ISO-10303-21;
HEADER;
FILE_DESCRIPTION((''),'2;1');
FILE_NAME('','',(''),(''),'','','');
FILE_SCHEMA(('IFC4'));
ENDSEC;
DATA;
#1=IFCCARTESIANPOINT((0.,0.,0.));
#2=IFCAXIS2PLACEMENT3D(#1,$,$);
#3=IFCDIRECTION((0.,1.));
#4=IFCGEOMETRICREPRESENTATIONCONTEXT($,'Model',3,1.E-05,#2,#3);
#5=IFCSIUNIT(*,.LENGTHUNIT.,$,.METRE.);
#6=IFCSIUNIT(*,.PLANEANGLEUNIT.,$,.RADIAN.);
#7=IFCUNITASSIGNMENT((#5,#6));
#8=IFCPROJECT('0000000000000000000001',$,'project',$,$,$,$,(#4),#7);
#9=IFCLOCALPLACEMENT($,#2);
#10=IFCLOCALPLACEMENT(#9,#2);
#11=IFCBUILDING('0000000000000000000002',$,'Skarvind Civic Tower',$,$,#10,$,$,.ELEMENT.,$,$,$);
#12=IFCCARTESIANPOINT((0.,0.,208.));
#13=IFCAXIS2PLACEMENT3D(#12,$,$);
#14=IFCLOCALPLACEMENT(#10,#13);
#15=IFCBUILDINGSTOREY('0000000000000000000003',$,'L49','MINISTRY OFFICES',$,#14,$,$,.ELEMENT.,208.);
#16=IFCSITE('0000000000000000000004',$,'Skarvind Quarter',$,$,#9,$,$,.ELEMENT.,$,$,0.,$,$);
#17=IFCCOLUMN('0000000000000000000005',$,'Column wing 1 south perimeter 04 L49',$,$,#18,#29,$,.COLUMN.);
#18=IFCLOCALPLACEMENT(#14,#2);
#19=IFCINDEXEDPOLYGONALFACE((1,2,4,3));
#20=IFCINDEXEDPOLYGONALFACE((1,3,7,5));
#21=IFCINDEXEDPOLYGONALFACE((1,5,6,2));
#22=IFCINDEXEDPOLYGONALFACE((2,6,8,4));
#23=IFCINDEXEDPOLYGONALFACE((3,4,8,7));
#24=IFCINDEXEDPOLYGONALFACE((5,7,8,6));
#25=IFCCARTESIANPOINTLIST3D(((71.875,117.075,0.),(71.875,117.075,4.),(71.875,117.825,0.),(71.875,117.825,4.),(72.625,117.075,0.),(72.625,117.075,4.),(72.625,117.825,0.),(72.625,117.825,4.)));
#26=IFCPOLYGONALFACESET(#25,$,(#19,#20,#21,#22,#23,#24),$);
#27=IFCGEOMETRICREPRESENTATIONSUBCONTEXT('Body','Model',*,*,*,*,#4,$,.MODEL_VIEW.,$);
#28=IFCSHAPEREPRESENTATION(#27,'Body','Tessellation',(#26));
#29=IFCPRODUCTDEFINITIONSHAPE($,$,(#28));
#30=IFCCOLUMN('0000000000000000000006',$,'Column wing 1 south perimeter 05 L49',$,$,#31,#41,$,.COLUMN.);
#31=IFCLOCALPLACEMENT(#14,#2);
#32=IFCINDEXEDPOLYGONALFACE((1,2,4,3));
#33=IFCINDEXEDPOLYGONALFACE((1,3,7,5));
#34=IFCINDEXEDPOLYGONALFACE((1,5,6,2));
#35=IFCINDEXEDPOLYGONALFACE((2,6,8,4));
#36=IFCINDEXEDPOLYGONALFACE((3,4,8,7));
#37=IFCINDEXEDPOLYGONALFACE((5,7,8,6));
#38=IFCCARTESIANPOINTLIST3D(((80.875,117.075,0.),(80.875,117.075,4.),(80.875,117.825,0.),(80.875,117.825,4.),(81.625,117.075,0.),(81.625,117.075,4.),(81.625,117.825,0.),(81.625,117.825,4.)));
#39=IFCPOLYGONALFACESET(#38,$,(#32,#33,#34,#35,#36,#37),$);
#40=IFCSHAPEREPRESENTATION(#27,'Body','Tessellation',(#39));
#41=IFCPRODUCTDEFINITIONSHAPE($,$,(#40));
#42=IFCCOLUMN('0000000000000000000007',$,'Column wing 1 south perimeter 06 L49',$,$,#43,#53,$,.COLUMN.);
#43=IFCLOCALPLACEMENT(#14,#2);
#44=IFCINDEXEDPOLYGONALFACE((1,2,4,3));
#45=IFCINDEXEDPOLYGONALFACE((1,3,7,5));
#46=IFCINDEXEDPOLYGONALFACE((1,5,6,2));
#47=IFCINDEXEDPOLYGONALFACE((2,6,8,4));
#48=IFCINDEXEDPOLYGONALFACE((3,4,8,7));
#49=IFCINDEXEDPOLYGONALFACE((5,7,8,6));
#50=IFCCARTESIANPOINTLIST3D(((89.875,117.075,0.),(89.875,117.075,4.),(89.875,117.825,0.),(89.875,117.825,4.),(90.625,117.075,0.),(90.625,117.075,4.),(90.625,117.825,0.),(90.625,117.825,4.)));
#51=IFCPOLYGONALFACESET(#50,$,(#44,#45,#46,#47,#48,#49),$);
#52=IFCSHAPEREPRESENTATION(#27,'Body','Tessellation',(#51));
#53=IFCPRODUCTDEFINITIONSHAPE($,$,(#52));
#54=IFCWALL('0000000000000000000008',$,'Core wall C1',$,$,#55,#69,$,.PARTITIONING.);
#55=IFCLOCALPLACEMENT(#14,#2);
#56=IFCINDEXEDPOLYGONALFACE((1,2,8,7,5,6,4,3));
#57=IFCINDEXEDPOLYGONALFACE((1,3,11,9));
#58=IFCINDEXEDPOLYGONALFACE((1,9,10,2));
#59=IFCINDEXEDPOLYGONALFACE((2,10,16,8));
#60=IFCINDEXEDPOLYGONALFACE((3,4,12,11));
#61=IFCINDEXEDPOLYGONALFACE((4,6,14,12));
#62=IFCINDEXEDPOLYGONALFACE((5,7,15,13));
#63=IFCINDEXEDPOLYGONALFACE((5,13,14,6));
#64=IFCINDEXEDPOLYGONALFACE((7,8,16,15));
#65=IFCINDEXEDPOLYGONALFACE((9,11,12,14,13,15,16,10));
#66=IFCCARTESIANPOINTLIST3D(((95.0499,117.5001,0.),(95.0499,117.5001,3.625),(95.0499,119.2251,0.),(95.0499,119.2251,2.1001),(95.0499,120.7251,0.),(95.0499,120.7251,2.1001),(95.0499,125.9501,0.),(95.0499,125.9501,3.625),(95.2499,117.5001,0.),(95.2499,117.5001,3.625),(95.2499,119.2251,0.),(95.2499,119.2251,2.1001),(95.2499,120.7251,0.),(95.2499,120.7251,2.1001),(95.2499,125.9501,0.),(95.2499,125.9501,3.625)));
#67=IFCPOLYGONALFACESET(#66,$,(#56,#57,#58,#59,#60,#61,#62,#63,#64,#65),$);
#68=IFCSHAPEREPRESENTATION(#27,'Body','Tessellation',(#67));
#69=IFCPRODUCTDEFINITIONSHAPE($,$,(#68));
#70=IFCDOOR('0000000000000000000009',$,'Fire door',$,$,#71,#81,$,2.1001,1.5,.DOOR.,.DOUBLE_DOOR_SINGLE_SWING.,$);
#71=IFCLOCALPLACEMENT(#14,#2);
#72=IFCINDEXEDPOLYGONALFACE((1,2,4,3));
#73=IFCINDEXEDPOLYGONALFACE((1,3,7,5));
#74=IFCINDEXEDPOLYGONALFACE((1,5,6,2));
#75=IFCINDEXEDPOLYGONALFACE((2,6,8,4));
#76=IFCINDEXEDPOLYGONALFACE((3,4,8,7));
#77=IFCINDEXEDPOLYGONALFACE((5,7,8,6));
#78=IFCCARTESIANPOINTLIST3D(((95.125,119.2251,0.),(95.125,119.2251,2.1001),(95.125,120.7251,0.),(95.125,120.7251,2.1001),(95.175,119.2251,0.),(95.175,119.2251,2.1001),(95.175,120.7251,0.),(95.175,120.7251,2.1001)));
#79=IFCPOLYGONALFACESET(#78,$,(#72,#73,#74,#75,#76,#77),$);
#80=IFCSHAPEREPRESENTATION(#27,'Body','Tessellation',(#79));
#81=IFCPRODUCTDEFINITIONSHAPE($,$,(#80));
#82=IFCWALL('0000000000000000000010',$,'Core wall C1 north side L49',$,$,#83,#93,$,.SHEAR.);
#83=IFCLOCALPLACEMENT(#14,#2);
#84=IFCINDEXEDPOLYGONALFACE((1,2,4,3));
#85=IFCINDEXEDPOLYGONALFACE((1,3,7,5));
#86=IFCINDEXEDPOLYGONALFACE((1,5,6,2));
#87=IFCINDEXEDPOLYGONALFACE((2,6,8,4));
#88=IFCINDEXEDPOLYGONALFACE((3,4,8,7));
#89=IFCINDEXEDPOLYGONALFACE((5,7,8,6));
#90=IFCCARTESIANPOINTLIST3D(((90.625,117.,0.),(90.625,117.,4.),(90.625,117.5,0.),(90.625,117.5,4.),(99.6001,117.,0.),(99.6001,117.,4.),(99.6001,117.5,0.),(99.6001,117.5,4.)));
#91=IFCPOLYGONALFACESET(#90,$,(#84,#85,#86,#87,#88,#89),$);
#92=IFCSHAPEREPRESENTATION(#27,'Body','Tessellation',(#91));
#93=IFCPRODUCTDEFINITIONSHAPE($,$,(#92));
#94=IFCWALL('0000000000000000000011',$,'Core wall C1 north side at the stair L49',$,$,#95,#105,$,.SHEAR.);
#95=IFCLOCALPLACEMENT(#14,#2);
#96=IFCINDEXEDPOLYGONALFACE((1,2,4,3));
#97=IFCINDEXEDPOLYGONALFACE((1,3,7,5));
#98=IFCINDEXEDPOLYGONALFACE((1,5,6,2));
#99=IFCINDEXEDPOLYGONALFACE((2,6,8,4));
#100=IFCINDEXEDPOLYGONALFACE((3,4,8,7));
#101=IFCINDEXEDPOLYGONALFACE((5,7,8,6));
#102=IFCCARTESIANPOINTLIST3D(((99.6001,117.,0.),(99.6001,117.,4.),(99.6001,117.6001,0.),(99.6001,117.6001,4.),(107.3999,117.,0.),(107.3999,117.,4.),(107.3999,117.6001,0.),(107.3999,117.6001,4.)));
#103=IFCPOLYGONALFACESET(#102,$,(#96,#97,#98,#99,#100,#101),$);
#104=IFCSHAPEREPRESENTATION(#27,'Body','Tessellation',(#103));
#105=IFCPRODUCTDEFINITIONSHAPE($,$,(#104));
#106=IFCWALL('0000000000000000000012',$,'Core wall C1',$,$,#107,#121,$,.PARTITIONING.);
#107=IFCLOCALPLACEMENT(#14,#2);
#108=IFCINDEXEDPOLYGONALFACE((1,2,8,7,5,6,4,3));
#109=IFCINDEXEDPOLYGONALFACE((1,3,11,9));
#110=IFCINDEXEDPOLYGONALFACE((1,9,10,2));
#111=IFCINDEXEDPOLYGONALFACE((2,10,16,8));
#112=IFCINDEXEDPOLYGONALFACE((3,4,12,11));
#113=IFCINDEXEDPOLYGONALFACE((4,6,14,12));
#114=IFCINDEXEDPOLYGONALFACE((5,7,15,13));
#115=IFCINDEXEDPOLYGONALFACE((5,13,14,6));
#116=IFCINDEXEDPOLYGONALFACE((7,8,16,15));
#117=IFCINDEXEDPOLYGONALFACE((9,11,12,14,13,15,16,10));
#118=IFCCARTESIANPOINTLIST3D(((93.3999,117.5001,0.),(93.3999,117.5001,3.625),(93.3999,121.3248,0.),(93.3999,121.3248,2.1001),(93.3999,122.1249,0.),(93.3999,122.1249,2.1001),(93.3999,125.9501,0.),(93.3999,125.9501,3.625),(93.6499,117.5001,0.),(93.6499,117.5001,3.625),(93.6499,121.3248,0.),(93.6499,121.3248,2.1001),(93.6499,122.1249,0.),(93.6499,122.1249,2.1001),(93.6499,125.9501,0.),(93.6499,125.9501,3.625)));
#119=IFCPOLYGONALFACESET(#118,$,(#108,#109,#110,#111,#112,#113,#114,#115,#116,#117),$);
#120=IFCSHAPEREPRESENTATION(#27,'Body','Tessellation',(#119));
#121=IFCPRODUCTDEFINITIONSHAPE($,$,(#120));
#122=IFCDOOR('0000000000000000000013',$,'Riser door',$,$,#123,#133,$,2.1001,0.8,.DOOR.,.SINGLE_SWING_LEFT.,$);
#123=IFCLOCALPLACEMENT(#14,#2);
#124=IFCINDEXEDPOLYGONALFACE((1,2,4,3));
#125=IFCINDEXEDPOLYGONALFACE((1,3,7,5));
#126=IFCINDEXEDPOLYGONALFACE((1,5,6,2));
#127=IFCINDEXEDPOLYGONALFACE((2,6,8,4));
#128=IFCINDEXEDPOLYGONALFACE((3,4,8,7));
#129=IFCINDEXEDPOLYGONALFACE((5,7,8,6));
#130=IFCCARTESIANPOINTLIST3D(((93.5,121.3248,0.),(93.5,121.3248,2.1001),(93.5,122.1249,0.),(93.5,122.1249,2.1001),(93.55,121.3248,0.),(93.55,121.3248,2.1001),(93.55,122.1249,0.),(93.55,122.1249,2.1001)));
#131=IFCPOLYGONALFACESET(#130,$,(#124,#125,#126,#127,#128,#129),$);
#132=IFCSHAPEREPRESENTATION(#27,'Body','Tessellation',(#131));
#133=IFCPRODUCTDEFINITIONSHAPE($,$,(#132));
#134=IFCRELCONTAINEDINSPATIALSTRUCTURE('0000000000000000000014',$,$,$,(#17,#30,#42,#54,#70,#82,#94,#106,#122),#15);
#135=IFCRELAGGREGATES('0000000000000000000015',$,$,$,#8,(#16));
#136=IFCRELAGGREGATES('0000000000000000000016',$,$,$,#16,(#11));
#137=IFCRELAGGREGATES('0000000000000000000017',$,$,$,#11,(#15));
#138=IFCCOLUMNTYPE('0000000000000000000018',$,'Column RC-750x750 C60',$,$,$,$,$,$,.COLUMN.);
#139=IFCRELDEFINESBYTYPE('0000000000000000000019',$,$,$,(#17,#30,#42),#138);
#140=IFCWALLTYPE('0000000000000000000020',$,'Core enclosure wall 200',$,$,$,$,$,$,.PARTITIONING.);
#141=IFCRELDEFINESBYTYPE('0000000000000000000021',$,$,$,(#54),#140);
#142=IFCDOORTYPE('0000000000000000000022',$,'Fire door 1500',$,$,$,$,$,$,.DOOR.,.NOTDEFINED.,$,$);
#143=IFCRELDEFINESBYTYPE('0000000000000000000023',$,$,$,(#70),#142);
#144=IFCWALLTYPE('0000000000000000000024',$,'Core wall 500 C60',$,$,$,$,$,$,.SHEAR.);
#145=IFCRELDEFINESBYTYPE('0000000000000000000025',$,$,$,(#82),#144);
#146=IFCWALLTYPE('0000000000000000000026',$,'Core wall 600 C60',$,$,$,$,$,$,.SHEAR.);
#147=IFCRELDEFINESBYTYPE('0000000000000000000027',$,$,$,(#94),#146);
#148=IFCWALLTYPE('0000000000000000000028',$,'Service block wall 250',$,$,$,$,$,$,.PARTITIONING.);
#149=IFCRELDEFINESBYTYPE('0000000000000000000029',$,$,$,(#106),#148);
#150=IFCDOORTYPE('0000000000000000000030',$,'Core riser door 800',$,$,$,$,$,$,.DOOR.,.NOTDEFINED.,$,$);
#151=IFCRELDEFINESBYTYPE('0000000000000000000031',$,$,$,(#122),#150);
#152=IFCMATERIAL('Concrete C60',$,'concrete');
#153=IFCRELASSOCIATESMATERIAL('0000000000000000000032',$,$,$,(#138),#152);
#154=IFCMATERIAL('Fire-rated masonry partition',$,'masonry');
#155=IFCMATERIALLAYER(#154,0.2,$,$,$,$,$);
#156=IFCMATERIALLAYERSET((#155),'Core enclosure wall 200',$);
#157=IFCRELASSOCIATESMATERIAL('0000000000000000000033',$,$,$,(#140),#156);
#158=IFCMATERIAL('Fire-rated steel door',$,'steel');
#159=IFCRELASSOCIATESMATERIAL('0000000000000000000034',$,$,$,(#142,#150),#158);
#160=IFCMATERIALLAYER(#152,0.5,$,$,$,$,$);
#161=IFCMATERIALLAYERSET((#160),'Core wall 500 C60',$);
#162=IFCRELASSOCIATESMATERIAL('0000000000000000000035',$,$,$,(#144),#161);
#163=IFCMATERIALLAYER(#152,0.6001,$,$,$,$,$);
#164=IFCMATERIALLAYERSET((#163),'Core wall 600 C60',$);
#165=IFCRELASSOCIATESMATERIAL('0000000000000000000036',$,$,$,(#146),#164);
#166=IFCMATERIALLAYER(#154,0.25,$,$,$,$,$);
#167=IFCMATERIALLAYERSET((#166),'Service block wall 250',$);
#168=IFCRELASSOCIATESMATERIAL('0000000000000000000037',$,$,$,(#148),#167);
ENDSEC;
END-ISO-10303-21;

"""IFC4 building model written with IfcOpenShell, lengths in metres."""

from ifc_helpers import new_model, si_unit, direction, frame, frame_2d, origin, origin_2d, place, context, subcontext, project, spatial, rectangle, extrude, material, layer, layer_set, material_profile, profile_set, type_object, element, fill, save


model = new_model("IFC4")

# Units and contexts
model_context = context("Model", 3, precision=1e-05, world=origin(), true_north=direction((0.0, 1.0)))
body_context = subcontext(model_context, "Body", "Model", "MODEL_VIEW")
ifc_project = project(units=[si_unit("LENGTHUNIT", "METRE"), si_unit("PLANEANGLEUNIT", "RADIAN")], contexts=[model_context])

# Site, building, storey
site_placement = place(None, origin())
site = spatial("IfcSite", under=ifc_project, at=site_placement, Name="Skarvind Quarter", CompositionType="ELEMENT", RefElevation=0.0)
building_placement = place(site_placement, origin())
building = spatial("IfcBuilding", under=site, at=building_placement, Name="Skarvind Civic Tower", CompositionType="ELEMENT")
storey_placement = place(building_placement, frame((0.0, 0.0, 208.0)))
storey = spatial("IfcBuildingStorey", under=building, at=storey_placement, Name="L49", Description="MINISTRY OFFICES", CompositionType="ELEMENT", Elevation=208.0)

# Columns
ifc_material_1 = material(Name="Concrete C60", Category="concrete")
ifc_material_profile_1 = material_profile(ifc_material_1, rectangle(XDim=0.75, YDim=0.75, at=origin_2d()), Name="RC-750x750")
ifc_profile_set_1 = profile_set([ifc_material_profile_1], Name="Concrete C60")
column_type = type_object("IfcColumnType", Name="Column RC-750x750 C60", PredefinedType="COLUMN", material=ifc_profile_set_1)
for number, where, z_axis, x_axis, name in (
    (1, (72.25, 117.45, 0.0), (0.0, 0.0, 1.0), (1.0, 0.0, 0.0), "Column wing 1 south perimeter 04 L49"),
    (2, (81.25, 117.45, 0.0), (0.0, 0.0, 1.0), (1.0, 0.0, 0.0), "Column wing 1 south perimeter 05 L49"),
    (3, (90.25, 117.45, 0.0), (0.0, 0.0, 1.0), (1.0, 0.0, 0.0), "Column wing 1 south perimeter 06 L49"),
):
    element("IfcColumn", number, at=place(storey_placement, frame(where, z_axis=z_axis, x_axis=x_axis)), inside=storey, type_object=column_type, Name=name, PredefinedType="COLUMN", context=body_context, shape_type="SweptSolid", body=[
        extrude(rectangle(XDim=0.75, YDim=0.75, at=origin_2d()), origin(), (0.0, 0.0, 1.0), 4.0),
    ])

# Wall, opening, door
ifc_material_2 = material(Name="Fire-rated masonry partition", Category="masonry")
ifc_layer_1 = layer(ifc_material_2, 0.2)
ifc_layer_set_1 = layer_set([ifc_layer_1], Name="Core enclosure wall 200")
wall_type_1 = type_object("IfcWallType", Name="Core enclosure wall 200", PredefinedType="PARTITIONING", material=ifc_layer_set_1)
wall_1_placement = place(storey_placement, frame((95.1499, 117.5, 0.0), z_axis=(0.0, 0.0, 1.0), x_axis=(0.0, 1.0, 0.0)))
wall_1 = element("IfcWall", 4, at=wall_1_placement, inside=storey, type_object=wall_type_1, Name="Core wall C1", PredefinedType="PARTITIONING", context=body_context, shape_type="SweptSolid", body=[
    extrude(rectangle(XDim=8.45, YDim=0.2, at=frame_2d((4.2251, 0.0))), origin(), (0.0, 0.0, 1.0), 3.625),
])
opening_1_placement = place(wall_1_placement, frame((1.7251, 0.0, 0.0)))
opening_1 = element("IfcOpeningElement", 5, at=opening_1_placement, cuts=wall_1, PredefinedType="OPENING", context=body_context, shape_type="SweptSolid", body=[
    extrude(rectangle(XDim=1.5, YDim=2.1001, at=frame_2d((0.75, 1.05))), frame((0.0, 0.1099, 0.0), z_axis=(0.0, -1.0, 0.0), x_axis=(1.0, 0.0, 0.0)), (0.0, 0.0, 1.0), 0.22),
])
ifc_material_3 = material(Name="Fire-rated steel door", Category="steel")
door_type_1 = type_object("IfcDoorType", Name="Fire door 1500", OperationType="NOTDEFINED", PredefinedType="DOOR", material=ifc_material_3)
door_1_placement = place(opening_1_placement, origin())
door_1 = element("IfcDoor", 6, at=door_1_placement, inside=storey, type_object=door_type_1, Name="Fire door", OperationType="DOUBLE_DOOR_SINGLE_SWING", OverallHeight=2.1001, OverallWidth=1.5, PredefinedType="DOOR", context=body_context, shape_type="SweptSolid", body=[
    extrude(rectangle(XDim=1.5, YDim=2.1001, at=frame_2d((0.75, 1.05))), frame((0.0, 0.0249, 0.0), z_axis=(0.0, -1.0, 0.0), x_axis=(1.0, 0.0, 0.0)), (0.0, 0.0, 1.0), 0.05),
])
fill(opening_1, door_1)

# Walls
ifc_layer_2 = layer(ifc_material_1, 0.5)
ifc_layer_set_2 = layer_set([ifc_layer_2], Name="Core wall 500 C60")
wall_type_2 = type_object("IfcWallType", Name="Core wall 500 C60", PredefinedType="SHEAR", material=ifc_layer_set_2)
wall_2_placement = place(storey_placement, frame((99.6001, 117.25, 0.0), z_axis=(0.0, 0.0, 1.0), x_axis=(-1.0, 0.0, 0.0)))
element("IfcWall", 7, at=wall_2_placement, inside=storey, type_object=wall_type_2, Name="Core wall C1 north side L49", PredefinedType="SHEAR", context=body_context, shape_type="SweptSolid", body=[
    extrude(rectangle(XDim=8.9751, YDim=0.5, at=frame_2d((4.4875, 0.0))), origin(), (0.0, 0.0, 1.0), 4.0),
])
ifc_layer_3 = layer(ifc_material_1, 0.6001)
ifc_layer_set_3 = layer_set([ifc_layer_3], Name="Core wall 600 C60")
wall_type_3 = type_object("IfcWallType", Name="Core wall 600 C60", PredefinedType="SHEAR", material=ifc_layer_set_3)
wall_3_placement = place(storey_placement, frame((107.3999, 117.3, 0.0), z_axis=(0.0, 0.0, 1.0), x_axis=(-1.0, 0.0, 0.0)))
element("IfcWall", 8, at=wall_3_placement, inside=storey, type_object=wall_type_3, Name="Core wall C1 north side at the stair L49", PredefinedType="SHEAR", context=body_context, shape_type="SweptSolid", body=[
    extrude(rectangle(XDim=7.7998, YDim=0.6001, at=frame_2d((3.8999, 0.0))), origin(), (0.0, 0.0, 1.0), 4.0),
])

# Wall, opening, door
ifc_layer_4 = layer(ifc_material_2, 0.25)
ifc_layer_set_4 = layer_set([ifc_layer_4], Name="Service block wall 250")
wall_type_4 = type_object("IfcWallType", Name="Service block wall 250", PredefinedType="PARTITIONING", material=ifc_layer_set_4)
wall_4_placement = place(storey_placement, frame((93.5249, 117.5, 0.0), z_axis=(0.0, 0.0, 1.0), x_axis=(0.0, 1.0, 0.0)))
wall_4 = element("IfcWall", 9, at=wall_4_placement, inside=storey, type_object=wall_type_4, Name="Core wall C1", PredefinedType="PARTITIONING", context=body_context, shape_type="SweptSolid", body=[
    extrude(rectangle(XDim=8.45, YDim=0.25, at=frame_2d((4.2251, 0.0))), origin(), (0.0, 0.0, 1.0), 3.625),
])
opening_2_placement = place(wall_4_placement, frame((3.825, 0.0, 0.0)))
opening_2 = element("IfcOpeningElement", 10, at=opening_2_placement, cuts=wall_4, PredefinedType="OPENING", context=body_context, shape_type="SweptSolid", body=[
    extrude(rectangle(XDim=0.8, YDim=2.1001, at=frame_2d((0.3999, 1.05))), frame((0.0, 0.135, 0.0), z_axis=(0.0, -1.0, 0.0), x_axis=(1.0, 0.0, 0.0)), (0.0, 0.0, 1.0), 0.27),
])
door_type_2 = type_object("IfcDoorType", Name="Core riser door 800", OperationType="NOTDEFINED", PredefinedType="DOOR", material=ifc_material_3)
door_2_placement = place(opening_2_placement, origin())
door_2 = element("IfcDoor", 11, at=door_2_placement, inside=storey, type_object=door_type_2, Name="Riser door", OperationType="SINGLE_SWING_LEFT", OverallHeight=2.1001, OverallWidth=0.8, PredefinedType="DOOR", context=body_context, shape_type="SweptSolid", body=[
    extrude(rectangle(XDim=0.8, YDim=2.1001, at=frame_2d((0.3999, 1.05))), frame((0.0, 0.0249, 0.0), z_axis=(0.0, -1.0, 0.0), x_axis=(1.0, 0.0, 0.0)), (0.0, 0.0, 1.0), 0.05),
])
fill(opening_2, door_2)

save(model, "model.ifc")
